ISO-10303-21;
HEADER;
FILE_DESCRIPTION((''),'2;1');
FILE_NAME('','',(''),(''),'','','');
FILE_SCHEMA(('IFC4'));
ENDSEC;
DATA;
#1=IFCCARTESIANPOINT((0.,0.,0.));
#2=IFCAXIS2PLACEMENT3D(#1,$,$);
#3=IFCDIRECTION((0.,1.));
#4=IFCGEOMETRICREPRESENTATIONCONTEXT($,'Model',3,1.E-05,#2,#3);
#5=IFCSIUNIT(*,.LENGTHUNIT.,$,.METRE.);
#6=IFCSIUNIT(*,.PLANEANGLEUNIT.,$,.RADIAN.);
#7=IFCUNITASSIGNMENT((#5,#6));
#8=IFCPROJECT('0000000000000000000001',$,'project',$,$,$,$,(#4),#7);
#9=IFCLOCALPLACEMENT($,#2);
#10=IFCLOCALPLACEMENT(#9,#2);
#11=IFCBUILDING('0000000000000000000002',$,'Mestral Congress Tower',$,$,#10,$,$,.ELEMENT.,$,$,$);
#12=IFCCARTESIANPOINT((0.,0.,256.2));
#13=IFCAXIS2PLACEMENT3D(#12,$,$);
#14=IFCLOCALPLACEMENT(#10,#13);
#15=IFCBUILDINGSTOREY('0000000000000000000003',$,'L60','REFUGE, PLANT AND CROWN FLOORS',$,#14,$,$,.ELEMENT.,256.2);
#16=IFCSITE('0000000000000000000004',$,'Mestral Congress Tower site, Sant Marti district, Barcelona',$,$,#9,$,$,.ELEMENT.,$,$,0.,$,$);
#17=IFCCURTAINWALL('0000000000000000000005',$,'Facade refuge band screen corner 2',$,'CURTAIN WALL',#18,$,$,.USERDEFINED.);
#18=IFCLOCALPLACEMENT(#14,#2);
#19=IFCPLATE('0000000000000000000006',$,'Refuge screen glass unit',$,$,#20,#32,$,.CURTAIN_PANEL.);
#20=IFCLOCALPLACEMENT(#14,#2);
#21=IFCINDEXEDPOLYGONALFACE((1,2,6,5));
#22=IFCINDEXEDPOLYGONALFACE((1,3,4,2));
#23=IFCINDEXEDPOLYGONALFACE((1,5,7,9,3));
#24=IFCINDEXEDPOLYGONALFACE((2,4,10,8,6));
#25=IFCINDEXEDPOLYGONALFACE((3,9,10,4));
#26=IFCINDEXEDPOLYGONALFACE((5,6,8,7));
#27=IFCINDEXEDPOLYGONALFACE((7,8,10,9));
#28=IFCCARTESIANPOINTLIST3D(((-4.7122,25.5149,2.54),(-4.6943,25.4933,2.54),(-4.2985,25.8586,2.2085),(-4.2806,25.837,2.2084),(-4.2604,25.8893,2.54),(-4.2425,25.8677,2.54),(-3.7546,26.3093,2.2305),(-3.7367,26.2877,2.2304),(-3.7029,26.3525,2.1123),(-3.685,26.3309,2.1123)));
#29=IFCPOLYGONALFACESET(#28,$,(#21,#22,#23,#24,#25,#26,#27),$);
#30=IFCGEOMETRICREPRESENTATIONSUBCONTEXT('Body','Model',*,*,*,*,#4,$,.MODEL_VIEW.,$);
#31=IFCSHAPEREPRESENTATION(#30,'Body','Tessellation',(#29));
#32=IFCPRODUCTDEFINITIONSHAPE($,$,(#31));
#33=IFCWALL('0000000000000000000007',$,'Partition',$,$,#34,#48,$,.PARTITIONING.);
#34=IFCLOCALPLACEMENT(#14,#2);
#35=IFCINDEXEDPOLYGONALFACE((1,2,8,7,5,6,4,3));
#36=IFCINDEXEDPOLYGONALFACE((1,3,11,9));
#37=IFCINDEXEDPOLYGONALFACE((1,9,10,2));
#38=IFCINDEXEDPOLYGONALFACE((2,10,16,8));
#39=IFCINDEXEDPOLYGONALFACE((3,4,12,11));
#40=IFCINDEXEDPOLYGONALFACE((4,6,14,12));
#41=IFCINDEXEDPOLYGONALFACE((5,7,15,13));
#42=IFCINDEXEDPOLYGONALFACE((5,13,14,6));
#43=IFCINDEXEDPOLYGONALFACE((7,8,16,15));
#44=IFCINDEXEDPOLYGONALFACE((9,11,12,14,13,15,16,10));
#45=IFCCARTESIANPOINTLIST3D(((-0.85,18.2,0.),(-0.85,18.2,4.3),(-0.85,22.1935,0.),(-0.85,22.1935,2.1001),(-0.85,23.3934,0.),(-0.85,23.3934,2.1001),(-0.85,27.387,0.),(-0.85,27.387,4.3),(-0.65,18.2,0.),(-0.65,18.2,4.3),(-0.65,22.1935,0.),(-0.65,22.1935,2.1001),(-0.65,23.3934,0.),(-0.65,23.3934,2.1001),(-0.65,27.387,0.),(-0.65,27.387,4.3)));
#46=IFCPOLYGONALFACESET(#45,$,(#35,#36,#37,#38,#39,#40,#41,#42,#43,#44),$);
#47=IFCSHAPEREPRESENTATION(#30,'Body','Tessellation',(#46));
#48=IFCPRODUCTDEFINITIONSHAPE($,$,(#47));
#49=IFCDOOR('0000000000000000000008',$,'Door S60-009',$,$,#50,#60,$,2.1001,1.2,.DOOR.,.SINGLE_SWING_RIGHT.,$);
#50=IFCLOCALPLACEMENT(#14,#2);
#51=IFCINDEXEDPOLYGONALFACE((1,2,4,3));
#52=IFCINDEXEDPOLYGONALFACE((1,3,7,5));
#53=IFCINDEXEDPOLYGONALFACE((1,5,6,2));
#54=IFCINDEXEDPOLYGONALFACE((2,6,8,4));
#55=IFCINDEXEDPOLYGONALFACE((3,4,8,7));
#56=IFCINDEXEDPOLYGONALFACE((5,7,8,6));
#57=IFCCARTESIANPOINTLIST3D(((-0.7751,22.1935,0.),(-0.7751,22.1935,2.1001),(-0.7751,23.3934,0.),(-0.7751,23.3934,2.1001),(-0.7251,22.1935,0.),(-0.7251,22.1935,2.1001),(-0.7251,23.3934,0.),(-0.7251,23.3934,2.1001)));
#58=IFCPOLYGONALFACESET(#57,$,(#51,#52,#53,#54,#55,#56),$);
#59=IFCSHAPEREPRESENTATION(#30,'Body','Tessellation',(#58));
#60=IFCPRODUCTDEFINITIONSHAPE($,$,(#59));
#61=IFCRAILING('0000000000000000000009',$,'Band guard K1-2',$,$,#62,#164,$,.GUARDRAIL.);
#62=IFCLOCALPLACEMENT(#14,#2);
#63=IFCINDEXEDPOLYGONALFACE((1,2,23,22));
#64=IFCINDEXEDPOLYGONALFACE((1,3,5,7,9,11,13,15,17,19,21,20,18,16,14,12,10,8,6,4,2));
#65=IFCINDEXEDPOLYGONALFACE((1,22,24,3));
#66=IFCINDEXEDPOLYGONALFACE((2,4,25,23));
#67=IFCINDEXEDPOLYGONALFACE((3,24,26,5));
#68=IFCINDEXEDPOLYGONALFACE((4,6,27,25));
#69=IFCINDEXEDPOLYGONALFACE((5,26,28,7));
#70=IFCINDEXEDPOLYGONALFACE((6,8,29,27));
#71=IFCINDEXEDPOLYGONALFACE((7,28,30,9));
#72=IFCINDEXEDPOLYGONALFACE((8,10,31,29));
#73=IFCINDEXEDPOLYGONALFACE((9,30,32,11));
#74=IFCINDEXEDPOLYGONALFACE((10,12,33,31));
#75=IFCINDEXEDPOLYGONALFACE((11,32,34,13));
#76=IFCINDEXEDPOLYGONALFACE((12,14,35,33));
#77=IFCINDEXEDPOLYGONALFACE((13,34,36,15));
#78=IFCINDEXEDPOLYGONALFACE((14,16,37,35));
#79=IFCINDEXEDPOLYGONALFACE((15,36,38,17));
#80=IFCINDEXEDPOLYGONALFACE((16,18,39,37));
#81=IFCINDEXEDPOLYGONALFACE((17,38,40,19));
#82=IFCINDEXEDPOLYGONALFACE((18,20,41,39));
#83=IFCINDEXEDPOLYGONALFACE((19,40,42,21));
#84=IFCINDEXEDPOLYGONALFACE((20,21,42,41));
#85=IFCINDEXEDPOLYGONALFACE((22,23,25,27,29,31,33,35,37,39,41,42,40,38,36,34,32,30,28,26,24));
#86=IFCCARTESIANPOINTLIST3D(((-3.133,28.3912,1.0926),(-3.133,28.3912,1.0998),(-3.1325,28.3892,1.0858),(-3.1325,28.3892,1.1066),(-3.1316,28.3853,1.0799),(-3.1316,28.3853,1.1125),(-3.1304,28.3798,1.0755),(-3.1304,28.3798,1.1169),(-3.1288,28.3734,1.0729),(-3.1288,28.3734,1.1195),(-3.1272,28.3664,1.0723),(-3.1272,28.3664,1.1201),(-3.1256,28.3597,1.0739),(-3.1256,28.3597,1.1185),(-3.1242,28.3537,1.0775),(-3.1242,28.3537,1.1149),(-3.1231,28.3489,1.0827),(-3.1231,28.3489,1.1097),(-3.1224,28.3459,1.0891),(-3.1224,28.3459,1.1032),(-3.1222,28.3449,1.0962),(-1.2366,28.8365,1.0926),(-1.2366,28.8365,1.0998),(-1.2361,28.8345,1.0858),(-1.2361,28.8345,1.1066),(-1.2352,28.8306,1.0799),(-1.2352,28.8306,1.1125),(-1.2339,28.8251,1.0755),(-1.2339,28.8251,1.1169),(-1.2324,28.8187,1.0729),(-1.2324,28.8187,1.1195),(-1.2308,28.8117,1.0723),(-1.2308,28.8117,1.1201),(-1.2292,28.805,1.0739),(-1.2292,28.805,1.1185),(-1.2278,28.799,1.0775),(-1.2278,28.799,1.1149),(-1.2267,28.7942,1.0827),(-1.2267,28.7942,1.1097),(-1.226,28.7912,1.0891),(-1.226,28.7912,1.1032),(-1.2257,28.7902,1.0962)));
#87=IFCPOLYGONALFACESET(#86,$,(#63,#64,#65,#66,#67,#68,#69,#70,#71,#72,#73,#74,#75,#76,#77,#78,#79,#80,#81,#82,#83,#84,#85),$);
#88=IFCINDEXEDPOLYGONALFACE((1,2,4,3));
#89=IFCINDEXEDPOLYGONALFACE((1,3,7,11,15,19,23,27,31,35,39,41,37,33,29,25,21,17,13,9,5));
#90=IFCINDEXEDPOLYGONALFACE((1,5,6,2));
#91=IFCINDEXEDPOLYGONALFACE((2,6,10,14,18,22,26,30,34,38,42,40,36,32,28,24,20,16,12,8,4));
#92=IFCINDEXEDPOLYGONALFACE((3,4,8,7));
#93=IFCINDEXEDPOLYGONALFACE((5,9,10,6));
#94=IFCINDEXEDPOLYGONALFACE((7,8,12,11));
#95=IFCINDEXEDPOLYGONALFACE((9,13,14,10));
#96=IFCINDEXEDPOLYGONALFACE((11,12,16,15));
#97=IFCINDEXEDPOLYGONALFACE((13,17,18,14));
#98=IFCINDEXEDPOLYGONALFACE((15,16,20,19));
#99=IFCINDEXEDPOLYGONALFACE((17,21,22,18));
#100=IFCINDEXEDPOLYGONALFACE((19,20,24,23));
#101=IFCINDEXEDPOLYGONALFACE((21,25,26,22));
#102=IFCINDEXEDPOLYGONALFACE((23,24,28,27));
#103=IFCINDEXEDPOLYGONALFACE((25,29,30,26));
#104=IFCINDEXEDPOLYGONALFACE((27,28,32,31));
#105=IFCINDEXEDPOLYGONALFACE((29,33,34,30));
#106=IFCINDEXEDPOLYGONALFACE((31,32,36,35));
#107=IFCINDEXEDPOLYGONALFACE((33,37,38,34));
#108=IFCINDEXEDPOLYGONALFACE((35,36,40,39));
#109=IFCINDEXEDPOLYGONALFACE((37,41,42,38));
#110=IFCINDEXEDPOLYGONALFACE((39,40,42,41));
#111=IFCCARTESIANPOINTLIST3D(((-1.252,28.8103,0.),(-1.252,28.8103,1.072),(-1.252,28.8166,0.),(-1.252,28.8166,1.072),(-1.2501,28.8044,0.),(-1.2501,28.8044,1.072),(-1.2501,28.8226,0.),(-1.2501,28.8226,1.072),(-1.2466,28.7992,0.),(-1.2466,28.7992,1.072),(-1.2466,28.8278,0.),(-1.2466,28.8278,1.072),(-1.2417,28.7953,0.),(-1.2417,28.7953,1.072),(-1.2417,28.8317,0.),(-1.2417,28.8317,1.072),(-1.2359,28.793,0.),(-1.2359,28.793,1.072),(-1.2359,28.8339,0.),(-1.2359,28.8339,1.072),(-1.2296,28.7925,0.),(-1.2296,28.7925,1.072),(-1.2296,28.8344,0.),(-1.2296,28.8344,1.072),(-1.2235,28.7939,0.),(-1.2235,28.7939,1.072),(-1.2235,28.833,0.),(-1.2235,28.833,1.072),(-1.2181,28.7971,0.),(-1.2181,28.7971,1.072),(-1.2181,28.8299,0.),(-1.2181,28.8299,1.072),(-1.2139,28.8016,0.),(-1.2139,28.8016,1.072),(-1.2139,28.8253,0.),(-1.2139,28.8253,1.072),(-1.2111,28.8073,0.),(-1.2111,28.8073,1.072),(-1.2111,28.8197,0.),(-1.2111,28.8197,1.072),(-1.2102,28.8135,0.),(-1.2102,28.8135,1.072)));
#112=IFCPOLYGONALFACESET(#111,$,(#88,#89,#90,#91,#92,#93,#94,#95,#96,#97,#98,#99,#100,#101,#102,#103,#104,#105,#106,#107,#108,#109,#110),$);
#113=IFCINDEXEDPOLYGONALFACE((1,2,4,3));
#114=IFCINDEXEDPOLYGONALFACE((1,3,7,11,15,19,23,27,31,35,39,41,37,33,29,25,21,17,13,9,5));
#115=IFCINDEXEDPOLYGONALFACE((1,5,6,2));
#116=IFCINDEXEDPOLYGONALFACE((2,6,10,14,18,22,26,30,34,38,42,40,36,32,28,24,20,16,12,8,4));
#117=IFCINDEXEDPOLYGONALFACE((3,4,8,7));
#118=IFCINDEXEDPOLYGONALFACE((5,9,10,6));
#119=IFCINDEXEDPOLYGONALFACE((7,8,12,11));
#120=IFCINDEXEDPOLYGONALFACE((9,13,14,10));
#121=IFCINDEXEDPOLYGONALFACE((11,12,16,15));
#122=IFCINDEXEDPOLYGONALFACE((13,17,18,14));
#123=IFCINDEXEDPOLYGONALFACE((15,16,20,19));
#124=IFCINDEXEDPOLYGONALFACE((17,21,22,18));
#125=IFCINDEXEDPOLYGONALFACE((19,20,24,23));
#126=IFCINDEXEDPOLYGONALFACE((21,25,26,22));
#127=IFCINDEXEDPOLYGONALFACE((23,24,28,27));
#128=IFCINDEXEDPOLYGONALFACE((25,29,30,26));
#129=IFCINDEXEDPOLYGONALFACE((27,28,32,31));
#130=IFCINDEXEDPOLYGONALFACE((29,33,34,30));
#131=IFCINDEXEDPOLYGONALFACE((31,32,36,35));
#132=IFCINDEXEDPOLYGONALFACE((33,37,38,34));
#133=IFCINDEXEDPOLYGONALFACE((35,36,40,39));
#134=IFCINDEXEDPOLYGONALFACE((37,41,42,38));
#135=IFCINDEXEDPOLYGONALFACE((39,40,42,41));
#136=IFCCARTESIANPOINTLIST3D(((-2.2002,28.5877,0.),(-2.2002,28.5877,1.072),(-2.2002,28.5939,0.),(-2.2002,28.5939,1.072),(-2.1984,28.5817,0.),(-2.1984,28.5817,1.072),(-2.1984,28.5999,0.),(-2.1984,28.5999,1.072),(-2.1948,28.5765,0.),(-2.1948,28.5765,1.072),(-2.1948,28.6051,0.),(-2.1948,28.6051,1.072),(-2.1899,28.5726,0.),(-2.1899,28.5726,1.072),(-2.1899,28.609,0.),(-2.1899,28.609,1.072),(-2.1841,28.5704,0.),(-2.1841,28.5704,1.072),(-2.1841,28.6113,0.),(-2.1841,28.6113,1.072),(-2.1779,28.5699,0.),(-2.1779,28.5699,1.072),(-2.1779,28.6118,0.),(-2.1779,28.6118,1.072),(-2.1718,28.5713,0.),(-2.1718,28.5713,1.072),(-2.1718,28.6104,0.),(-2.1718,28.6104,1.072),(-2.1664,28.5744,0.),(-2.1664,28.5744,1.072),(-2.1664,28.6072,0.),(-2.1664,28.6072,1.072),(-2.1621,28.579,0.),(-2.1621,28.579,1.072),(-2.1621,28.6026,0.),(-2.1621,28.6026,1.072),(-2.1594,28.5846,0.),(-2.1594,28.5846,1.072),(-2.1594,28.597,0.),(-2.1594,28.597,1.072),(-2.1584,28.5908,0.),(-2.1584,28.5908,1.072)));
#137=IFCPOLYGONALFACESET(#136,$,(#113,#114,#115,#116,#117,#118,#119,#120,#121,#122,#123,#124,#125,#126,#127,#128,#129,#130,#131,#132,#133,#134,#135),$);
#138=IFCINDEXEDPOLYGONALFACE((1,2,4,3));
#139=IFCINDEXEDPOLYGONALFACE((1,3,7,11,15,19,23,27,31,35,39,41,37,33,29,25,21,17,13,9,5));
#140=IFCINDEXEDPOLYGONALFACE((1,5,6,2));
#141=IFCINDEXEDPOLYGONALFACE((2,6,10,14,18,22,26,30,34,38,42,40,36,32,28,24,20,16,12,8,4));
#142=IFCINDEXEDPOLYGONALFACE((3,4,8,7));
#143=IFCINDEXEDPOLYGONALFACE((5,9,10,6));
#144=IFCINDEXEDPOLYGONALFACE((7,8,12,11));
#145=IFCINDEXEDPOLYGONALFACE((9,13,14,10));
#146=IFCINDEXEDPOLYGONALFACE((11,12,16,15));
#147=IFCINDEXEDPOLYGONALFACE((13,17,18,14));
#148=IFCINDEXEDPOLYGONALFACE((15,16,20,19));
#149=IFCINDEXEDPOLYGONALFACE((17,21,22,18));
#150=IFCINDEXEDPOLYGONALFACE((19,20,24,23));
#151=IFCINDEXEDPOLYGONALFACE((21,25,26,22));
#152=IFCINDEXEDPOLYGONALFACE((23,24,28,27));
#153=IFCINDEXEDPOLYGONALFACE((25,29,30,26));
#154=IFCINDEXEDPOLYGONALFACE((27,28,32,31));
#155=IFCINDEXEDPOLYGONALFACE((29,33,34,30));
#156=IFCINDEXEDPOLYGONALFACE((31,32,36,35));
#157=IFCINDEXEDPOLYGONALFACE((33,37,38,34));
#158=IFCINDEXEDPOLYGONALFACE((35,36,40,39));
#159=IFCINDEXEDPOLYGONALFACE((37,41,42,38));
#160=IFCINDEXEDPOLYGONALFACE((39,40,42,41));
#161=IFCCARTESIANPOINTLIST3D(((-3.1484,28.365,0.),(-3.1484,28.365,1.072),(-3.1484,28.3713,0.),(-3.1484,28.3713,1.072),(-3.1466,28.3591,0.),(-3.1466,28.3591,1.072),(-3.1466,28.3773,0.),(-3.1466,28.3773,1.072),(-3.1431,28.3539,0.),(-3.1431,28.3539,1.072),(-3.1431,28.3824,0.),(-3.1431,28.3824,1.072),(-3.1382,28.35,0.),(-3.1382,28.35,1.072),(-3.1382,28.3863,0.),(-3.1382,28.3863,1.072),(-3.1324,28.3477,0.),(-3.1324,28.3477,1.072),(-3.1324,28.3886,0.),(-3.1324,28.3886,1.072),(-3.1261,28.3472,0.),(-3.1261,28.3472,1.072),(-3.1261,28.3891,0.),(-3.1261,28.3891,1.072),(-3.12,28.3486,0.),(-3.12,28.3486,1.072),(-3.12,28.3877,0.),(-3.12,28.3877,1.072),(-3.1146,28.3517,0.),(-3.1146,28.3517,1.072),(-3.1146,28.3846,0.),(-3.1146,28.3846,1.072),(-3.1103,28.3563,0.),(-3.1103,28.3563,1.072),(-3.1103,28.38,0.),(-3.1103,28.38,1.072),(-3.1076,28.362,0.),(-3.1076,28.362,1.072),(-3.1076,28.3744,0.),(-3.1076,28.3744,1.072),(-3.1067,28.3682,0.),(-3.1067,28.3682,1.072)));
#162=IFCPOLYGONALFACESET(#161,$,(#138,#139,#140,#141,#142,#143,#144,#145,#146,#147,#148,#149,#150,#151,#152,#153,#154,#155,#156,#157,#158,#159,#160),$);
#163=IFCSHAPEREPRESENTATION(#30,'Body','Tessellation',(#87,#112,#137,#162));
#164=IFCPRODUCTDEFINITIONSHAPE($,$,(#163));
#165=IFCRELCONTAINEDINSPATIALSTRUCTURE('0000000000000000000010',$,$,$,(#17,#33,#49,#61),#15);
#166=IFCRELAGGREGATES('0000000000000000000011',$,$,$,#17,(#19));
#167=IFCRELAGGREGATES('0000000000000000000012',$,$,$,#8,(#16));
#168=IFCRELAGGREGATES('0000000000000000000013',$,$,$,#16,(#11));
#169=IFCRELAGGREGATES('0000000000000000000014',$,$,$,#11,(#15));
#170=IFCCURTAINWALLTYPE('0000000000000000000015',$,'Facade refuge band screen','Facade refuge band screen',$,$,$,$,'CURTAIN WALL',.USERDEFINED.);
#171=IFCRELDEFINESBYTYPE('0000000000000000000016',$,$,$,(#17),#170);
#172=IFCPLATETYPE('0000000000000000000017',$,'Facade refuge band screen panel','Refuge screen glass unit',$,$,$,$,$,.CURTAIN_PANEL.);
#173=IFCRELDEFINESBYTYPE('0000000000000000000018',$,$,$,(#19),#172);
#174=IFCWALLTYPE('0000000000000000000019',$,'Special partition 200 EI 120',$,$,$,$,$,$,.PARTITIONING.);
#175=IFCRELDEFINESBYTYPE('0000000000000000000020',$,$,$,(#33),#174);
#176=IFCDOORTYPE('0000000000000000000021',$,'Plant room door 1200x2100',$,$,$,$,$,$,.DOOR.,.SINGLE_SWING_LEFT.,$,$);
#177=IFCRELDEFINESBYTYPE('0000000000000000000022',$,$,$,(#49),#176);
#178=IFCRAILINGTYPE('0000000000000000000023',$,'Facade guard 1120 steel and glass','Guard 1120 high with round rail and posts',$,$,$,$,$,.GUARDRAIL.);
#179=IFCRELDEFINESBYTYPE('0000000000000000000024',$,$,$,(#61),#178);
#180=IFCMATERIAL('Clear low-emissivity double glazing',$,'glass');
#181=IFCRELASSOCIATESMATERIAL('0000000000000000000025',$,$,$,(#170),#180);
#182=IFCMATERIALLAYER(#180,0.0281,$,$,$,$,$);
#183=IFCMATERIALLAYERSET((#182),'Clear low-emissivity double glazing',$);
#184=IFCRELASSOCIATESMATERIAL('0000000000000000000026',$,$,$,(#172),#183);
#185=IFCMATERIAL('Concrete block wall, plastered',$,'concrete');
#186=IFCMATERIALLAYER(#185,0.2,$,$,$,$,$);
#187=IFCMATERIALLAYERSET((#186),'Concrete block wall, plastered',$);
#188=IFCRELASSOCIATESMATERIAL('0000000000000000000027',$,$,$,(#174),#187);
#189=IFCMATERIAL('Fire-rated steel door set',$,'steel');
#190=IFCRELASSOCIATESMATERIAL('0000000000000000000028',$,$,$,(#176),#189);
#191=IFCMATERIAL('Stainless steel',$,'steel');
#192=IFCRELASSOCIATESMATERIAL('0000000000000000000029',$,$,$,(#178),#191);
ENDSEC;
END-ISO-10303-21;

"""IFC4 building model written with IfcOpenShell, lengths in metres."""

from ifc_helpers import new_model, si_unit, direction, frame, frame_2d, origin, origin_2d, place, context, subcontext, project, spatial, polyline, rectangle, circle, outline, extrude, material, layer, layer_set, type_object, element, fill, aggregate, save


model = new_model("IFC4")

# Units and contexts
model_context = context("Model", 3, precision=1e-05, world=origin(), true_north=direction((0.0, 1.0)))
body_context = subcontext(model_context, "Body", "Model", "MODEL_VIEW")
ifc_project = project(units=[si_unit("LENGTHUNIT", "METRE"), si_unit("PLANEANGLEUNIT", "RADIAN")], contexts=[model_context])

# Site, building, storey
site_placement = place(None, origin())
site = spatial("IfcSite", under=ifc_project, at=site_placement, Name="Mestral Congress Tower site, Sant Marti district, Barcelona", CompositionType="ELEMENT", RefElevation=0.0)
building_placement = place(site_placement, origin())
building = spatial("IfcBuilding", under=site, at=building_placement, Name="Mestral Congress Tower", CompositionType="ELEMENT")
storey_placement = place(building_placement, frame((0.0, 0.0, 256.2)))
storey = spatial("IfcBuildingStorey", under=building, at=storey_placement, Name="L60", Description="REFUGE, PLANT AND CROWN FLOORS", CompositionType="ELEMENT", Elevation=256.2)

# Curtain wall
ifc_material_1 = material(Name="Clear low-emissivity double glazing", Category="glass")
curtain_wall_type = type_object("IfcCurtainWallType", Name="Facade refuge band screen", Description="Facade refuge band screen", ElementType="CURTAIN WALL", PredefinedType="USERDEFINED", material=ifc_material_1)
curtain_wall_placement = place(storey_placement, origin())
curtain_wall = element("IfcCurtainWall", 1, at=curtain_wall_placement, inside=storey, type_object=curtain_wall_type, Name="Facade refuge band screen corner 2", ObjectType="CURTAIN WALL", PredefinedType="USERDEFINED")

# Plate
ifc_layer_1 = layer(ifc_material_1, 0.0281)
ifc_layer_set_1 = layer_set([ifc_layer_1], Name="Clear low-emissivity double glazing")
plate_type_1 = type_object("IfcPlateType", Name="Facade refuge band screen panel", Description="Refuge screen glass unit", PredefinedType="CURTAIN_PANEL", material=ifc_layer_set_1)
plate_1_placement = place(storey_placement, frame((-3.7546, 26.3093, 2.2305), z_axis=(-0.638145, 0.769914, 0.001913), x_axis=(-0.696037, -0.577971, 0.426007)))
plate_1 = element("IfcPlate", 2, at=plate_1_placement, type_object=plate_type_1, Name="Refuge screen glass unit", PredefinedType="CURTAIN_PANEL", context=body_context, shape_type="SweptSolid", body=[
    extrude(outline(polyline([(0.0, 0.0), (0.7267, 0.0), (1.2575, -0.25), (0.6297, -0.3208), (-0.1113, -0.0782), (0.0, 0.0)])), origin(), (0.0, 0.0, -1.0), 0.0281),
])

# Wall, opening, door
ifc_material_2 = material(Name="Concrete block wall, plastered", Category="concrete")
ifc_layer_2 = layer(ifc_material_2, 0.2)
ifc_layer_set_2 = layer_set([ifc_layer_2], Name="Concrete block wall, plastered")
wall_type = type_object("IfcWallType", Name="Special partition 200 EI 120", PredefinedType="PARTITIONING", material=ifc_layer_set_2)
wall_placement = place(storey_placement, frame((-0.75, 27.387, 0.0), z_axis=(0.0, 0.0, 1.0), x_axis=(0.0, -1.0, 0.0)))
wall = element("IfcWall", 3, at=wall_placement, inside=storey, type_object=wall_type, Name="Partition", PredefinedType="PARTITIONING", context=body_context, shape_type="SweptSolid", body=[
    extrude(rectangle(XDim=9.187, YDim=0.2, at=frame_2d((4.5935, 0.0))), origin(), (0.0, 0.0, 1.0), 4.3),
])
opening_placement = place(wall_placement, frame((3.9934, 0.0, 0.0)))
opening = element("IfcOpeningElement", 4, at=opening_placement, cuts=wall, PredefinedType="OPENING", context=body_context, shape_type="SweptSolid", body=[
    extrude(rectangle(XDim=1.2, YDim=2.1001, at=frame_2d((0.6001, 1.05))), frame((0.0, 0.1099, 0.0), z_axis=(0.0, -1.0, 0.0), x_axis=(1.0, 0.0, 0.0)), (0.0, 0.0, 1.0), 0.22),
])
ifc_material_3 = material(Name="Fire-rated steel door set", Category="steel")
door_type = type_object("IfcDoorType", Name="Plant room door 1200x2100", OperationType="SINGLE_SWING_LEFT", PredefinedType="DOOR", material=ifc_material_3)
door_placement = place(opening_placement, origin())
door = element("IfcDoor", 5, at=door_placement, inside=storey, type_object=door_type, Name="Door S60-009", OperationType="SINGLE_SWING_RIGHT", OverallHeight=2.1001, OverallWidth=1.2, PredefinedType="DOOR", context=body_context, shape_type="SweptSolid", body=[
    extrude(rectangle(XDim=1.2, YDim=2.1001, at=frame_2d((0.6001, 1.05))), frame((0.0, 0.0249, 0.0), z_axis=(0.0, -1.0, 0.0), x_axis=(1.0, 0.0, 0.0)), (0.0, 0.0, 1.0), 0.05),
])
fill(opening, door)

# Railing
ifc_material_4 = material(Name="Stainless steel", Category="steel")
railing_type = type_object("IfcRailingType", Name="Facade guard 1120 steel and glass", Description="Guard 1120 high with round rail and posts", PredefinedType="GUARDRAIL", material=ifc_material_4)
railing_1_placement = place(storey_placement, frame((-1.2312, 28.8135, 0.0)))
element("IfcRailing", 6, at=railing_1_placement, inside=storey, type_object=railing_type, Name="Band guard K1-2", PredefinedType="GUARDRAIL", context=body_context, shape_type="SweptSolid", body=[
    extrude(circle(Radius=0.0239, at=origin_2d()), frame((0.0, 0.0, 1.0962), z_axis=(-0.973522, -0.228592, 0.0), x_axis=(0.228592, -0.973522, 0.0)), (0.0, 0.0, 1.0), 1.948),
    extrude(circle(Radius=0.021, at=origin_2d()), origin(), (0.0, 0.0, 1.0), 1.072),
    extrude(circle(Radius=0.021, at=origin_2d()), frame((-0.9482, -0.2227, 0.0)), (0.0, 0.0, 1.0), 1.072),
    extrude(circle(Radius=0.021, at=origin_2d()), frame((-1.8965, -0.4453, 0.0)), (0.0, 0.0, 1.0), 1.072),
])

aggregate(curtain_wall, [plate_1])

save(model, "model.ifc")
